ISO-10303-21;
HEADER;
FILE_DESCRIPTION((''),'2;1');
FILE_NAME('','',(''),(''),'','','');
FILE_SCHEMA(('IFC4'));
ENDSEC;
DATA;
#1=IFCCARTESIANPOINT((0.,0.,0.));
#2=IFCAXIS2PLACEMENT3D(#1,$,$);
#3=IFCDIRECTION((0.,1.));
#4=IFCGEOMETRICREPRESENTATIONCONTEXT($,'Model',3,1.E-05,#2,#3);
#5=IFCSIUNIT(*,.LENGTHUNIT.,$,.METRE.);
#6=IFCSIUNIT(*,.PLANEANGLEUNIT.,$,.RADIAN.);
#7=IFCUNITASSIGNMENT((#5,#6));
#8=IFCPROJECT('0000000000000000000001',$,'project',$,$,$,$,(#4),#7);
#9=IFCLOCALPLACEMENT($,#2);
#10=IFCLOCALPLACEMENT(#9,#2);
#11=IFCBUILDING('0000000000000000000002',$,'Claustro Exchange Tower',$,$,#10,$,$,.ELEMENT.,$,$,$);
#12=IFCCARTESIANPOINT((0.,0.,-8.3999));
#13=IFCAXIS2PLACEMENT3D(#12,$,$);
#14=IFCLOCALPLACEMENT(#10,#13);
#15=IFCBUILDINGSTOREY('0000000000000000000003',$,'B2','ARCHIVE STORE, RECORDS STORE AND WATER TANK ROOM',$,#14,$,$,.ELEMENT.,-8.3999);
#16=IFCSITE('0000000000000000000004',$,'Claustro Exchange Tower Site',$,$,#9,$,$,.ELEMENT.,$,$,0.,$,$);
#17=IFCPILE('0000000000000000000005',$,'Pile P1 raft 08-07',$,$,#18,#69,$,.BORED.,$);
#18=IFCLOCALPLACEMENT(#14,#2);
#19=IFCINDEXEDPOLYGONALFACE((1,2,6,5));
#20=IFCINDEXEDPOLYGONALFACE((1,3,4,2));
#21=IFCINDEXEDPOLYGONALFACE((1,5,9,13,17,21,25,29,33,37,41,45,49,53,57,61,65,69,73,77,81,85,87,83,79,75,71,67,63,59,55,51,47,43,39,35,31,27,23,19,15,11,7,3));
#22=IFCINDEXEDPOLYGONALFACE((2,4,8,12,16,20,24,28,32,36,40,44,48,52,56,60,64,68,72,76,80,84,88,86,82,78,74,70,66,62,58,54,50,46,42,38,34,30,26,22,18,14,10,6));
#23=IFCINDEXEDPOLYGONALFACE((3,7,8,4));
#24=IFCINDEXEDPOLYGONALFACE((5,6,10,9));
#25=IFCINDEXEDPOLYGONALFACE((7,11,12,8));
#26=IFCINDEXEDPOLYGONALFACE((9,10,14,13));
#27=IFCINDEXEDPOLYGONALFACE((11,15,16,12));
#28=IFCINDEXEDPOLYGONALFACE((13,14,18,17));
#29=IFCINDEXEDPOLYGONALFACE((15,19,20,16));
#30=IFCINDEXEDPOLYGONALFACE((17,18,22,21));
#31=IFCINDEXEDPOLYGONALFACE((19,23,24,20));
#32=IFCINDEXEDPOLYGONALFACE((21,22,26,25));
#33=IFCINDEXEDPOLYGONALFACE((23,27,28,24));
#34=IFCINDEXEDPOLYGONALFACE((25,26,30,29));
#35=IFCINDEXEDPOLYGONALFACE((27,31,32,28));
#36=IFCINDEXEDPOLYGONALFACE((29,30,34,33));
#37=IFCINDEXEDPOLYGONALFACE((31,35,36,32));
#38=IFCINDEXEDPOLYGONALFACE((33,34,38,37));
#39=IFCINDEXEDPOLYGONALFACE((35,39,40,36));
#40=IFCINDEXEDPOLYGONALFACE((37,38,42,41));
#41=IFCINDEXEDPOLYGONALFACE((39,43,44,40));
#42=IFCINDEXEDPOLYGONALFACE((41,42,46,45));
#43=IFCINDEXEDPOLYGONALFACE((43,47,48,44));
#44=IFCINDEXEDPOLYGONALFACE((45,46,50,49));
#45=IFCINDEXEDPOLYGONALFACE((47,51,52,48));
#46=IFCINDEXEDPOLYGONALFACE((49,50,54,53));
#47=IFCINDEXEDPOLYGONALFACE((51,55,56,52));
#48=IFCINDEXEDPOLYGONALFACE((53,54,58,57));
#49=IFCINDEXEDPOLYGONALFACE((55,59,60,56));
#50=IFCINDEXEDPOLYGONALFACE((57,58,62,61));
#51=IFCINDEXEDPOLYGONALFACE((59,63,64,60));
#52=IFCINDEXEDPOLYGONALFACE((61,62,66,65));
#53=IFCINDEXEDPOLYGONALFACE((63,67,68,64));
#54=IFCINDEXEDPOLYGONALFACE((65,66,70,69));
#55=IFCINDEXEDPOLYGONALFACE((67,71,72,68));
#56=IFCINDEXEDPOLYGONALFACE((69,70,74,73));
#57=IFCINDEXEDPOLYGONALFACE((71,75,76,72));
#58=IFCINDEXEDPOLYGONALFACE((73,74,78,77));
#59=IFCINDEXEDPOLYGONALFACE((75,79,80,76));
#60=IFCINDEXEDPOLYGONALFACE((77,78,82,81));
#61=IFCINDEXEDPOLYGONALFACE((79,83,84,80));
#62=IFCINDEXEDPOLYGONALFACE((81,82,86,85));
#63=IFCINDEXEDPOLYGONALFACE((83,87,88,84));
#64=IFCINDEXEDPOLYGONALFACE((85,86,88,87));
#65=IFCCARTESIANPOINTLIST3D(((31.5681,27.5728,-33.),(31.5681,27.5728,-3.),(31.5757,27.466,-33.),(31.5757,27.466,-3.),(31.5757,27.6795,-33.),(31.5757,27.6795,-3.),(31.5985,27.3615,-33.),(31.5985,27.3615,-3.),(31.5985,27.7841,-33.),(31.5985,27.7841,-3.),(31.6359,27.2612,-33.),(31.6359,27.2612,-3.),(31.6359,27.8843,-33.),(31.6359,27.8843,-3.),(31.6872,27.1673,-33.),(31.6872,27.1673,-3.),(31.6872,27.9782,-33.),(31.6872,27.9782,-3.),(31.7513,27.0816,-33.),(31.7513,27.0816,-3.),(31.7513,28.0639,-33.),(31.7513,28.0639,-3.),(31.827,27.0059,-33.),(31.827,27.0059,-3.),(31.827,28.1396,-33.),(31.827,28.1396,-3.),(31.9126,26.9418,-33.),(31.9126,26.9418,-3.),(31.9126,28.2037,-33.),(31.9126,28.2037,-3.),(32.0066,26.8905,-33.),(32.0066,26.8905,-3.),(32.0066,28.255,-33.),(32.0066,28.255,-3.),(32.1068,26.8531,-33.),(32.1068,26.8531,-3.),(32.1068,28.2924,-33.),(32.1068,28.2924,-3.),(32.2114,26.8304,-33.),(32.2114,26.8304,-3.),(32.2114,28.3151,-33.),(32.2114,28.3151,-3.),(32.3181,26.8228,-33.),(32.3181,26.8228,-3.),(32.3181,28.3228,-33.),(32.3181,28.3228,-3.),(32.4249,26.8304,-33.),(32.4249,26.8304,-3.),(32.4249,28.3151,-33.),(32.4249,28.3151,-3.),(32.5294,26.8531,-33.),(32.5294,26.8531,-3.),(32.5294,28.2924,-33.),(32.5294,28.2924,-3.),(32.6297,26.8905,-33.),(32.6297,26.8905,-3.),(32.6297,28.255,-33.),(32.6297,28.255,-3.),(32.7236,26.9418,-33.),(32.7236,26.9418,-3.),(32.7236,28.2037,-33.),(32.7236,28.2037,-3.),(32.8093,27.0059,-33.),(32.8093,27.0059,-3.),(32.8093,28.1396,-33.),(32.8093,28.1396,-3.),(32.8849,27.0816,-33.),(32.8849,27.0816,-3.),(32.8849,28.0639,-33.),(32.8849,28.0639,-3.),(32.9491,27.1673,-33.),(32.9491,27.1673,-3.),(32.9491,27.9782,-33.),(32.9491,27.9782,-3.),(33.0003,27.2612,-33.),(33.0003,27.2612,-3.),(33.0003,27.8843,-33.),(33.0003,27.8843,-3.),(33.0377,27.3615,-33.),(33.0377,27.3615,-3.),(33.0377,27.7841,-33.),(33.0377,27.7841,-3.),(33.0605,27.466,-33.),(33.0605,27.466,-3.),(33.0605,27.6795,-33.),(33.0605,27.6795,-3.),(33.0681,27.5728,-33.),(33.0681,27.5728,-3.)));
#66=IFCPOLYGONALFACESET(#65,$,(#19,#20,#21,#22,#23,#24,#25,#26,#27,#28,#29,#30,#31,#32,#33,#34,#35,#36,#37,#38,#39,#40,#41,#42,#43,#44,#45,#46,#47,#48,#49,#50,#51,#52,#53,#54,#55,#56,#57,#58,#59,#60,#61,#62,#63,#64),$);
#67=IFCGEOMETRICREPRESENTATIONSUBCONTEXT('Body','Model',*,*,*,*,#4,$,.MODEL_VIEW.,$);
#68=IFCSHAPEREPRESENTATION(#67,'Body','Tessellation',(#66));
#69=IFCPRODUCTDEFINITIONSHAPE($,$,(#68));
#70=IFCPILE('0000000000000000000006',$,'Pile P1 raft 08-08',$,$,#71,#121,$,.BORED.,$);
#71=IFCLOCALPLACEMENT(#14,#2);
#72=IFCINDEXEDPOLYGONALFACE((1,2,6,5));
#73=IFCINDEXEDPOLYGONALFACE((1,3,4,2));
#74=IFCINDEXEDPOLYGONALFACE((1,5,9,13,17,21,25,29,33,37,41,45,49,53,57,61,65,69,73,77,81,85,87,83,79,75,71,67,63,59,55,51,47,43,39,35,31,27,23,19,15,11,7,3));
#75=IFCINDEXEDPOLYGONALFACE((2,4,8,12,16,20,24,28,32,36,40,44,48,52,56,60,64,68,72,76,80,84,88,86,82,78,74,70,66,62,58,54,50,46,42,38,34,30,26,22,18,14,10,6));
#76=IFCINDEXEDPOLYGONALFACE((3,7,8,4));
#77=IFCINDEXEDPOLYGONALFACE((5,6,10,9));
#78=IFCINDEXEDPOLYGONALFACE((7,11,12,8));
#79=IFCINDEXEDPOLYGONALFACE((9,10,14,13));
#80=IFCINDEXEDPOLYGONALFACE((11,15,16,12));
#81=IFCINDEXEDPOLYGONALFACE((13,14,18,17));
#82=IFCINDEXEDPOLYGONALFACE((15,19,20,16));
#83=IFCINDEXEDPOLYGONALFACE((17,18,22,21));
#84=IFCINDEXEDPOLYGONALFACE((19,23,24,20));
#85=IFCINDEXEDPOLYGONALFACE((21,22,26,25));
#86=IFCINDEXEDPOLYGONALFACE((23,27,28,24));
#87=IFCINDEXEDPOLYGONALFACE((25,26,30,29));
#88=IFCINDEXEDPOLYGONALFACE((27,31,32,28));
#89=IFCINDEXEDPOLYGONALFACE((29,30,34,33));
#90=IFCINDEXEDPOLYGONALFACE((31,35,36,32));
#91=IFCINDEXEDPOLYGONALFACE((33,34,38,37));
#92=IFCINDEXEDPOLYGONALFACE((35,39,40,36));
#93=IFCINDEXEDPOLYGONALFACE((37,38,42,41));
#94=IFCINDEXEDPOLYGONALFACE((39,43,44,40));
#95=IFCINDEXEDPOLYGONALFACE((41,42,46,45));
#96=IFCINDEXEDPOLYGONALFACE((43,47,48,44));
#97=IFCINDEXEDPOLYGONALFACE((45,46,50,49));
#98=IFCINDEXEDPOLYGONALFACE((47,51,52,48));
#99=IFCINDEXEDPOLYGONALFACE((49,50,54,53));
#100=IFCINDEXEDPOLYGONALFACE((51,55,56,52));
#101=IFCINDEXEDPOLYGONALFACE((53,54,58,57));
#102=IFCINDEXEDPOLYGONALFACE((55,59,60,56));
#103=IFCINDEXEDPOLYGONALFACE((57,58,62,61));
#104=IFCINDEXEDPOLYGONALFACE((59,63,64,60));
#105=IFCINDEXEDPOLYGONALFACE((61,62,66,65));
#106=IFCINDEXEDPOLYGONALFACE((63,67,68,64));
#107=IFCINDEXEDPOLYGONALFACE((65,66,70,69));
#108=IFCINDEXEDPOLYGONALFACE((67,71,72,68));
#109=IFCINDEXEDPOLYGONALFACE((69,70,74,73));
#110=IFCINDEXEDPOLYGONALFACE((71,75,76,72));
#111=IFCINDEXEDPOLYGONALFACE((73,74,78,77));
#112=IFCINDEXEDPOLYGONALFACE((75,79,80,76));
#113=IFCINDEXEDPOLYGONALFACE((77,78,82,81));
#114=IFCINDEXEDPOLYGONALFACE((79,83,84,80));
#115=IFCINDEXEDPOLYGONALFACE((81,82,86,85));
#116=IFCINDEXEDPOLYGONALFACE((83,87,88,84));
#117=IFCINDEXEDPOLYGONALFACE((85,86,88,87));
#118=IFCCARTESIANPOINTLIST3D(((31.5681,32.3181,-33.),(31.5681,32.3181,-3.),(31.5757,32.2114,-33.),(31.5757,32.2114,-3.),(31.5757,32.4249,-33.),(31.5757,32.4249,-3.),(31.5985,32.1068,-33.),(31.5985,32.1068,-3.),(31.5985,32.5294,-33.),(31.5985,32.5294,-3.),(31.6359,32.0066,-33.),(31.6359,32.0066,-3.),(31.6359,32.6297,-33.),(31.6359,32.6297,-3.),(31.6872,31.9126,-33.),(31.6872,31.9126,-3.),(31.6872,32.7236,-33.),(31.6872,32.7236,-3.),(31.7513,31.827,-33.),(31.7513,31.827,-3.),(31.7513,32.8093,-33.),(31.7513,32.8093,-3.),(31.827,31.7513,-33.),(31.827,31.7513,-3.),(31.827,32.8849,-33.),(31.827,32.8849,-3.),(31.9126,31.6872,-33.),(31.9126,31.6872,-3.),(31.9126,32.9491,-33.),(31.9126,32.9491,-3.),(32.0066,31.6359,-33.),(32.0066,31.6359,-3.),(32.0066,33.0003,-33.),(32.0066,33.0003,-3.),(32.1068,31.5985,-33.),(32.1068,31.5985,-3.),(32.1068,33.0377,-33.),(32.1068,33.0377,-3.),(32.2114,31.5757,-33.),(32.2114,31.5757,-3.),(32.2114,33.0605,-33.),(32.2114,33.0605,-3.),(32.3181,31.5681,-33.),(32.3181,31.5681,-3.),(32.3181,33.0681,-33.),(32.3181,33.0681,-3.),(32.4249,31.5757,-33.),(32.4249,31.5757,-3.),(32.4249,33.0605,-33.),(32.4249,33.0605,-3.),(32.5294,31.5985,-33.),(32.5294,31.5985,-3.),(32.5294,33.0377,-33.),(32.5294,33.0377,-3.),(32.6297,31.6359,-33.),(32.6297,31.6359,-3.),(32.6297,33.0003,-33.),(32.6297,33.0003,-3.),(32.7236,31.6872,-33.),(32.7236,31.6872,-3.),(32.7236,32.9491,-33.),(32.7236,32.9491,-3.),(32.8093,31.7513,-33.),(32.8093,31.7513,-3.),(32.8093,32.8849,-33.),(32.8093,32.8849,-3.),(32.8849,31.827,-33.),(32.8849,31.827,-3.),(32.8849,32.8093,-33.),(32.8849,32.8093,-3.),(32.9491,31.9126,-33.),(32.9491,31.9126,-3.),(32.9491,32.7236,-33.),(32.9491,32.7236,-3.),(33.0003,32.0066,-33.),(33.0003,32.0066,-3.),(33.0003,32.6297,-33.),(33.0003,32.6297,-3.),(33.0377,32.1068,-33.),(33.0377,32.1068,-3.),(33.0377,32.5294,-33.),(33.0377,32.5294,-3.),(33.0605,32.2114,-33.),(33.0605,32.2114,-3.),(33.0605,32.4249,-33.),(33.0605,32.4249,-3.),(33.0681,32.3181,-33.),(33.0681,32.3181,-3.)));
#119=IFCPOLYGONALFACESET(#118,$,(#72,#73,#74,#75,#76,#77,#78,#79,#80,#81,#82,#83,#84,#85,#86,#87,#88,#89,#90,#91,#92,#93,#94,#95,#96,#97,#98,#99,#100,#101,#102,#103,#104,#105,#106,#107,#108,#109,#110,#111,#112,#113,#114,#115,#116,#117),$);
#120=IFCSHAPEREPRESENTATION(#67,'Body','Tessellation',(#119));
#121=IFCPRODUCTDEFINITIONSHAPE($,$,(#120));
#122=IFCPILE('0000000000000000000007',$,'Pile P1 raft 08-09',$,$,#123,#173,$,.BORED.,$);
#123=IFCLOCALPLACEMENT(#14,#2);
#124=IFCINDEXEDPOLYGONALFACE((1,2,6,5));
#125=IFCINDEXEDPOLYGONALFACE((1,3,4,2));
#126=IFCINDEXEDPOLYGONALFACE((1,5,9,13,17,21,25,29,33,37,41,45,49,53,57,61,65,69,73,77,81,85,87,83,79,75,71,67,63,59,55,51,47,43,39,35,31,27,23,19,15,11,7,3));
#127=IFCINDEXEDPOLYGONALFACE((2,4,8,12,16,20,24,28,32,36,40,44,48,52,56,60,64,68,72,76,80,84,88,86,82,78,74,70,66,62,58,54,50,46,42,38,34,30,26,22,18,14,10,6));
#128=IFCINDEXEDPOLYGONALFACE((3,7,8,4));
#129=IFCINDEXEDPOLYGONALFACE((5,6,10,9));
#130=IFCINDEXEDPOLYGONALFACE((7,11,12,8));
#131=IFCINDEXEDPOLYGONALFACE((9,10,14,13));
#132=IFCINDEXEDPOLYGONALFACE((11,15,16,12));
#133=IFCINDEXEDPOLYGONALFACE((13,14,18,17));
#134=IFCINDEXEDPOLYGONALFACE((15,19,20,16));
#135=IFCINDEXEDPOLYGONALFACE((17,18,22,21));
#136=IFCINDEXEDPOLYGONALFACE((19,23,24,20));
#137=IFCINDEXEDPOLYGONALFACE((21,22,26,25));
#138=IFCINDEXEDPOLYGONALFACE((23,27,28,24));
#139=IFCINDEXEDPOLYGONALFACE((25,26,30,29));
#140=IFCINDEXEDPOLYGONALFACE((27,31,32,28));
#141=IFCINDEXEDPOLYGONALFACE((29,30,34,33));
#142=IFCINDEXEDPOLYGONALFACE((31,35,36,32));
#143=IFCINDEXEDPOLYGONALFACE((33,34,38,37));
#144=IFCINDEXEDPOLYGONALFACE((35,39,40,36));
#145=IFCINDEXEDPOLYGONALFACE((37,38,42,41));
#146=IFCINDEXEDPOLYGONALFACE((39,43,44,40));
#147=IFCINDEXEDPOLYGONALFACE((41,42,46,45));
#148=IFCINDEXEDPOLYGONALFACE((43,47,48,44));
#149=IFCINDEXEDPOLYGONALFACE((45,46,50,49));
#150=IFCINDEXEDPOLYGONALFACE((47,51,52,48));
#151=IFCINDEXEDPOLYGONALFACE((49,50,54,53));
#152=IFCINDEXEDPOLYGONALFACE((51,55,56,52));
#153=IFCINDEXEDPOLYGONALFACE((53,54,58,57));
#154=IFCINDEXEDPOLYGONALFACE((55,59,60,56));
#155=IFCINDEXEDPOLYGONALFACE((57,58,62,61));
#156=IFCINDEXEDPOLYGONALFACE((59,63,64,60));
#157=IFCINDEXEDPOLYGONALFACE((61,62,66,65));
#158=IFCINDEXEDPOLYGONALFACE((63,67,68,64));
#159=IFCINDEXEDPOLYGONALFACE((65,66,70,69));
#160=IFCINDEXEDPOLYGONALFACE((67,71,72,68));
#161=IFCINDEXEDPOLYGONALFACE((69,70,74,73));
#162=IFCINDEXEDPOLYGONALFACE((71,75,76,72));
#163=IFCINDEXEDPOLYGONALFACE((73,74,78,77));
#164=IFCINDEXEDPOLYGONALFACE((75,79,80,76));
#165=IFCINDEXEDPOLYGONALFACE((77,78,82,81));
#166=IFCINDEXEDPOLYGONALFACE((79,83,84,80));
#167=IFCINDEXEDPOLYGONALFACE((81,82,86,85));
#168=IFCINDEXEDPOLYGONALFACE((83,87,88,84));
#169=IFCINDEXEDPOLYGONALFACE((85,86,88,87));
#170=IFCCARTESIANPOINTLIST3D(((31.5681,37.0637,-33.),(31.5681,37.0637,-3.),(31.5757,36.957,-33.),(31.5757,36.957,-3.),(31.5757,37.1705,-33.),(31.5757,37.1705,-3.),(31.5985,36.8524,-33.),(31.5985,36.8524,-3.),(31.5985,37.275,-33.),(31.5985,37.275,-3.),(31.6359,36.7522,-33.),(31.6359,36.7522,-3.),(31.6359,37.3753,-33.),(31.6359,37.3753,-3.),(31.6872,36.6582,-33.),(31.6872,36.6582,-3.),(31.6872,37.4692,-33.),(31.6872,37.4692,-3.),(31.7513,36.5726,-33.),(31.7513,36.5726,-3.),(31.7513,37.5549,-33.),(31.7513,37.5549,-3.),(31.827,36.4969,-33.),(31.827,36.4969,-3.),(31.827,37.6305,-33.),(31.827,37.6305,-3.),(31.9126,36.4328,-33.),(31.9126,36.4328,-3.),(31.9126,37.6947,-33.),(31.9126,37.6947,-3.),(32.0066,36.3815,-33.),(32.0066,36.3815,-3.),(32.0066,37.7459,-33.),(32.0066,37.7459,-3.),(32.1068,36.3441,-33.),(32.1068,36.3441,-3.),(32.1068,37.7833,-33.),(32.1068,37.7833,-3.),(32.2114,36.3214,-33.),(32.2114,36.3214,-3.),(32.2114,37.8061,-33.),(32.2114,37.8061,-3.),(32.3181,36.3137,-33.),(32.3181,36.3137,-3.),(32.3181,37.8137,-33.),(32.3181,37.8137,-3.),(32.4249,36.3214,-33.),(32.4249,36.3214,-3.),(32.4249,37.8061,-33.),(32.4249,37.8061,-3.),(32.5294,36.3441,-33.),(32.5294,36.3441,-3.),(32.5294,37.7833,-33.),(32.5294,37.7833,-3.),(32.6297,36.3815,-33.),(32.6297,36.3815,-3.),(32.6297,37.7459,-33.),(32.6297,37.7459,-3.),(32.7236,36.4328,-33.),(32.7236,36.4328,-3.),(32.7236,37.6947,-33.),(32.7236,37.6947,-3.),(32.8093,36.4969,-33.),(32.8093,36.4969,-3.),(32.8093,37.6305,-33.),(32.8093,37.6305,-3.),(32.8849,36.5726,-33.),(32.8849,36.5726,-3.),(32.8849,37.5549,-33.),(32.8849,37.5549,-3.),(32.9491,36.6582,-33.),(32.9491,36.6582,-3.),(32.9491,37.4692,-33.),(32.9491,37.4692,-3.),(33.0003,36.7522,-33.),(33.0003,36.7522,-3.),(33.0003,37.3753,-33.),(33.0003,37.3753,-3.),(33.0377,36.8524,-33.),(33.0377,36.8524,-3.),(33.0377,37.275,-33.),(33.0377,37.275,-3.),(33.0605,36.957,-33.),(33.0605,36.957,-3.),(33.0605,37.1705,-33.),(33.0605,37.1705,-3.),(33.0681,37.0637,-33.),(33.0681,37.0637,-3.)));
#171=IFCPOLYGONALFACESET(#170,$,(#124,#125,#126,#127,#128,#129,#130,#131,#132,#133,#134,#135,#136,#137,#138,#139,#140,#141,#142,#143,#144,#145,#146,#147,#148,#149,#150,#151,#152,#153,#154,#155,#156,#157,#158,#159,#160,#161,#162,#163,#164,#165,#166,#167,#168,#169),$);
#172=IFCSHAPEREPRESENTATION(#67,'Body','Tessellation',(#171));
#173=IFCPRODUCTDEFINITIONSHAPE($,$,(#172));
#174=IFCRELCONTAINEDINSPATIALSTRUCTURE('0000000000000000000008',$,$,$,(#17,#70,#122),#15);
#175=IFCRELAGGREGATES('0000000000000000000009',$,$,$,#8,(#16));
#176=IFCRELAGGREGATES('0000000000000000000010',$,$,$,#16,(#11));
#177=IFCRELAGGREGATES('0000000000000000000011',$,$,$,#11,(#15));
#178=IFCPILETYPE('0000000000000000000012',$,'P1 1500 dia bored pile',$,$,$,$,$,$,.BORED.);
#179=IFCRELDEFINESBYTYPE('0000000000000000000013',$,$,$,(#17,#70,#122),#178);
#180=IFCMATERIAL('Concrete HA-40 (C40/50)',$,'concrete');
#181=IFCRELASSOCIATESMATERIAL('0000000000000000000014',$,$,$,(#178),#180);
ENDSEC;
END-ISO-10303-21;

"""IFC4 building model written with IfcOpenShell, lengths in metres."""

from ifc_helpers import new_model, si_unit, direction, frame, origin, origin_2d, place, context, subcontext, project, spatial, circle, extrude, material, type_object, element, save


model = new_model("IFC4")

# Units and contexts
model_context = context("Model", 3, precision=1e-05, world=origin(), true_north=direction((0.0, 1.0)))
body_context = subcontext(model_context, "Body", "Model", "MODEL_VIEW")
ifc_project = project(units=[si_unit("LENGTHUNIT", "METRE"), si_unit("PLANEANGLEUNIT", "RADIAN")], contexts=[model_context])

# Site, building, storey
site_placement = place(None, origin())
site = spatial("IfcSite", under=ifc_project, at=site_placement, Name="Claustro Exchange Tower Site", CompositionType="ELEMENT", RefElevation=0.0)
building_placement = place(site_placement, origin())
building = spatial("IfcBuilding", under=site, at=building_placement, Name="Claustro Exchange Tower", CompositionType="ELEMENT")
storey_placement = place(building_placement, frame((0.0, 0.0, -8.3999)))
storey = spatial("IfcBuildingStorey", under=building, at=storey_placement, Name="B2", Description="ARCHIVE STORE, RECORDS STORE AND WATER TANK ROOM", CompositionType="ELEMENT", Elevation=-8.3999)

# Piles
ifc_material_1 = material(Name="Concrete HA-40 (C40/50)", Category="concrete")
pile_type_1 = type_object("IfcPileType", Name="P1 1500 dia bored pile", PredefinedType="BORED", material=ifc_material_1)
for number, where, z_axis, x_axis, name in (
    (1, (32.3181, 27.5728, -3.0), (0.0, 0.0, -1.0), (1.0, 0.0, 0.0), "Pile P1 raft 08-07"),
    (2, (32.3181, 32.3181, -3.0), (0.0, 0.0, -1.0), (1.0, 0.0, 0.0), "Pile P1 raft 08-08"),
    (3, (32.3181, 37.0637, -3.0), (0.0, 0.0, -1.0), (1.0, 0.0, 0.0), "Pile P1 raft 08-09"),
):
    element("IfcPile", number, at=place(storey_placement, frame(where, z_axis=z_axis, x_axis=x_axis)), inside=storey, type_object=pile_type_1, Name=name, PredefinedType="BORED", context=body_context, shape_type="SweptSolid", body=[
        extrude(circle(Radius=0.75, at=origin_2d()), origin(), (0.0, 0.0, 1.0), 30.0),
    ])

save(model, "model.ifc")
